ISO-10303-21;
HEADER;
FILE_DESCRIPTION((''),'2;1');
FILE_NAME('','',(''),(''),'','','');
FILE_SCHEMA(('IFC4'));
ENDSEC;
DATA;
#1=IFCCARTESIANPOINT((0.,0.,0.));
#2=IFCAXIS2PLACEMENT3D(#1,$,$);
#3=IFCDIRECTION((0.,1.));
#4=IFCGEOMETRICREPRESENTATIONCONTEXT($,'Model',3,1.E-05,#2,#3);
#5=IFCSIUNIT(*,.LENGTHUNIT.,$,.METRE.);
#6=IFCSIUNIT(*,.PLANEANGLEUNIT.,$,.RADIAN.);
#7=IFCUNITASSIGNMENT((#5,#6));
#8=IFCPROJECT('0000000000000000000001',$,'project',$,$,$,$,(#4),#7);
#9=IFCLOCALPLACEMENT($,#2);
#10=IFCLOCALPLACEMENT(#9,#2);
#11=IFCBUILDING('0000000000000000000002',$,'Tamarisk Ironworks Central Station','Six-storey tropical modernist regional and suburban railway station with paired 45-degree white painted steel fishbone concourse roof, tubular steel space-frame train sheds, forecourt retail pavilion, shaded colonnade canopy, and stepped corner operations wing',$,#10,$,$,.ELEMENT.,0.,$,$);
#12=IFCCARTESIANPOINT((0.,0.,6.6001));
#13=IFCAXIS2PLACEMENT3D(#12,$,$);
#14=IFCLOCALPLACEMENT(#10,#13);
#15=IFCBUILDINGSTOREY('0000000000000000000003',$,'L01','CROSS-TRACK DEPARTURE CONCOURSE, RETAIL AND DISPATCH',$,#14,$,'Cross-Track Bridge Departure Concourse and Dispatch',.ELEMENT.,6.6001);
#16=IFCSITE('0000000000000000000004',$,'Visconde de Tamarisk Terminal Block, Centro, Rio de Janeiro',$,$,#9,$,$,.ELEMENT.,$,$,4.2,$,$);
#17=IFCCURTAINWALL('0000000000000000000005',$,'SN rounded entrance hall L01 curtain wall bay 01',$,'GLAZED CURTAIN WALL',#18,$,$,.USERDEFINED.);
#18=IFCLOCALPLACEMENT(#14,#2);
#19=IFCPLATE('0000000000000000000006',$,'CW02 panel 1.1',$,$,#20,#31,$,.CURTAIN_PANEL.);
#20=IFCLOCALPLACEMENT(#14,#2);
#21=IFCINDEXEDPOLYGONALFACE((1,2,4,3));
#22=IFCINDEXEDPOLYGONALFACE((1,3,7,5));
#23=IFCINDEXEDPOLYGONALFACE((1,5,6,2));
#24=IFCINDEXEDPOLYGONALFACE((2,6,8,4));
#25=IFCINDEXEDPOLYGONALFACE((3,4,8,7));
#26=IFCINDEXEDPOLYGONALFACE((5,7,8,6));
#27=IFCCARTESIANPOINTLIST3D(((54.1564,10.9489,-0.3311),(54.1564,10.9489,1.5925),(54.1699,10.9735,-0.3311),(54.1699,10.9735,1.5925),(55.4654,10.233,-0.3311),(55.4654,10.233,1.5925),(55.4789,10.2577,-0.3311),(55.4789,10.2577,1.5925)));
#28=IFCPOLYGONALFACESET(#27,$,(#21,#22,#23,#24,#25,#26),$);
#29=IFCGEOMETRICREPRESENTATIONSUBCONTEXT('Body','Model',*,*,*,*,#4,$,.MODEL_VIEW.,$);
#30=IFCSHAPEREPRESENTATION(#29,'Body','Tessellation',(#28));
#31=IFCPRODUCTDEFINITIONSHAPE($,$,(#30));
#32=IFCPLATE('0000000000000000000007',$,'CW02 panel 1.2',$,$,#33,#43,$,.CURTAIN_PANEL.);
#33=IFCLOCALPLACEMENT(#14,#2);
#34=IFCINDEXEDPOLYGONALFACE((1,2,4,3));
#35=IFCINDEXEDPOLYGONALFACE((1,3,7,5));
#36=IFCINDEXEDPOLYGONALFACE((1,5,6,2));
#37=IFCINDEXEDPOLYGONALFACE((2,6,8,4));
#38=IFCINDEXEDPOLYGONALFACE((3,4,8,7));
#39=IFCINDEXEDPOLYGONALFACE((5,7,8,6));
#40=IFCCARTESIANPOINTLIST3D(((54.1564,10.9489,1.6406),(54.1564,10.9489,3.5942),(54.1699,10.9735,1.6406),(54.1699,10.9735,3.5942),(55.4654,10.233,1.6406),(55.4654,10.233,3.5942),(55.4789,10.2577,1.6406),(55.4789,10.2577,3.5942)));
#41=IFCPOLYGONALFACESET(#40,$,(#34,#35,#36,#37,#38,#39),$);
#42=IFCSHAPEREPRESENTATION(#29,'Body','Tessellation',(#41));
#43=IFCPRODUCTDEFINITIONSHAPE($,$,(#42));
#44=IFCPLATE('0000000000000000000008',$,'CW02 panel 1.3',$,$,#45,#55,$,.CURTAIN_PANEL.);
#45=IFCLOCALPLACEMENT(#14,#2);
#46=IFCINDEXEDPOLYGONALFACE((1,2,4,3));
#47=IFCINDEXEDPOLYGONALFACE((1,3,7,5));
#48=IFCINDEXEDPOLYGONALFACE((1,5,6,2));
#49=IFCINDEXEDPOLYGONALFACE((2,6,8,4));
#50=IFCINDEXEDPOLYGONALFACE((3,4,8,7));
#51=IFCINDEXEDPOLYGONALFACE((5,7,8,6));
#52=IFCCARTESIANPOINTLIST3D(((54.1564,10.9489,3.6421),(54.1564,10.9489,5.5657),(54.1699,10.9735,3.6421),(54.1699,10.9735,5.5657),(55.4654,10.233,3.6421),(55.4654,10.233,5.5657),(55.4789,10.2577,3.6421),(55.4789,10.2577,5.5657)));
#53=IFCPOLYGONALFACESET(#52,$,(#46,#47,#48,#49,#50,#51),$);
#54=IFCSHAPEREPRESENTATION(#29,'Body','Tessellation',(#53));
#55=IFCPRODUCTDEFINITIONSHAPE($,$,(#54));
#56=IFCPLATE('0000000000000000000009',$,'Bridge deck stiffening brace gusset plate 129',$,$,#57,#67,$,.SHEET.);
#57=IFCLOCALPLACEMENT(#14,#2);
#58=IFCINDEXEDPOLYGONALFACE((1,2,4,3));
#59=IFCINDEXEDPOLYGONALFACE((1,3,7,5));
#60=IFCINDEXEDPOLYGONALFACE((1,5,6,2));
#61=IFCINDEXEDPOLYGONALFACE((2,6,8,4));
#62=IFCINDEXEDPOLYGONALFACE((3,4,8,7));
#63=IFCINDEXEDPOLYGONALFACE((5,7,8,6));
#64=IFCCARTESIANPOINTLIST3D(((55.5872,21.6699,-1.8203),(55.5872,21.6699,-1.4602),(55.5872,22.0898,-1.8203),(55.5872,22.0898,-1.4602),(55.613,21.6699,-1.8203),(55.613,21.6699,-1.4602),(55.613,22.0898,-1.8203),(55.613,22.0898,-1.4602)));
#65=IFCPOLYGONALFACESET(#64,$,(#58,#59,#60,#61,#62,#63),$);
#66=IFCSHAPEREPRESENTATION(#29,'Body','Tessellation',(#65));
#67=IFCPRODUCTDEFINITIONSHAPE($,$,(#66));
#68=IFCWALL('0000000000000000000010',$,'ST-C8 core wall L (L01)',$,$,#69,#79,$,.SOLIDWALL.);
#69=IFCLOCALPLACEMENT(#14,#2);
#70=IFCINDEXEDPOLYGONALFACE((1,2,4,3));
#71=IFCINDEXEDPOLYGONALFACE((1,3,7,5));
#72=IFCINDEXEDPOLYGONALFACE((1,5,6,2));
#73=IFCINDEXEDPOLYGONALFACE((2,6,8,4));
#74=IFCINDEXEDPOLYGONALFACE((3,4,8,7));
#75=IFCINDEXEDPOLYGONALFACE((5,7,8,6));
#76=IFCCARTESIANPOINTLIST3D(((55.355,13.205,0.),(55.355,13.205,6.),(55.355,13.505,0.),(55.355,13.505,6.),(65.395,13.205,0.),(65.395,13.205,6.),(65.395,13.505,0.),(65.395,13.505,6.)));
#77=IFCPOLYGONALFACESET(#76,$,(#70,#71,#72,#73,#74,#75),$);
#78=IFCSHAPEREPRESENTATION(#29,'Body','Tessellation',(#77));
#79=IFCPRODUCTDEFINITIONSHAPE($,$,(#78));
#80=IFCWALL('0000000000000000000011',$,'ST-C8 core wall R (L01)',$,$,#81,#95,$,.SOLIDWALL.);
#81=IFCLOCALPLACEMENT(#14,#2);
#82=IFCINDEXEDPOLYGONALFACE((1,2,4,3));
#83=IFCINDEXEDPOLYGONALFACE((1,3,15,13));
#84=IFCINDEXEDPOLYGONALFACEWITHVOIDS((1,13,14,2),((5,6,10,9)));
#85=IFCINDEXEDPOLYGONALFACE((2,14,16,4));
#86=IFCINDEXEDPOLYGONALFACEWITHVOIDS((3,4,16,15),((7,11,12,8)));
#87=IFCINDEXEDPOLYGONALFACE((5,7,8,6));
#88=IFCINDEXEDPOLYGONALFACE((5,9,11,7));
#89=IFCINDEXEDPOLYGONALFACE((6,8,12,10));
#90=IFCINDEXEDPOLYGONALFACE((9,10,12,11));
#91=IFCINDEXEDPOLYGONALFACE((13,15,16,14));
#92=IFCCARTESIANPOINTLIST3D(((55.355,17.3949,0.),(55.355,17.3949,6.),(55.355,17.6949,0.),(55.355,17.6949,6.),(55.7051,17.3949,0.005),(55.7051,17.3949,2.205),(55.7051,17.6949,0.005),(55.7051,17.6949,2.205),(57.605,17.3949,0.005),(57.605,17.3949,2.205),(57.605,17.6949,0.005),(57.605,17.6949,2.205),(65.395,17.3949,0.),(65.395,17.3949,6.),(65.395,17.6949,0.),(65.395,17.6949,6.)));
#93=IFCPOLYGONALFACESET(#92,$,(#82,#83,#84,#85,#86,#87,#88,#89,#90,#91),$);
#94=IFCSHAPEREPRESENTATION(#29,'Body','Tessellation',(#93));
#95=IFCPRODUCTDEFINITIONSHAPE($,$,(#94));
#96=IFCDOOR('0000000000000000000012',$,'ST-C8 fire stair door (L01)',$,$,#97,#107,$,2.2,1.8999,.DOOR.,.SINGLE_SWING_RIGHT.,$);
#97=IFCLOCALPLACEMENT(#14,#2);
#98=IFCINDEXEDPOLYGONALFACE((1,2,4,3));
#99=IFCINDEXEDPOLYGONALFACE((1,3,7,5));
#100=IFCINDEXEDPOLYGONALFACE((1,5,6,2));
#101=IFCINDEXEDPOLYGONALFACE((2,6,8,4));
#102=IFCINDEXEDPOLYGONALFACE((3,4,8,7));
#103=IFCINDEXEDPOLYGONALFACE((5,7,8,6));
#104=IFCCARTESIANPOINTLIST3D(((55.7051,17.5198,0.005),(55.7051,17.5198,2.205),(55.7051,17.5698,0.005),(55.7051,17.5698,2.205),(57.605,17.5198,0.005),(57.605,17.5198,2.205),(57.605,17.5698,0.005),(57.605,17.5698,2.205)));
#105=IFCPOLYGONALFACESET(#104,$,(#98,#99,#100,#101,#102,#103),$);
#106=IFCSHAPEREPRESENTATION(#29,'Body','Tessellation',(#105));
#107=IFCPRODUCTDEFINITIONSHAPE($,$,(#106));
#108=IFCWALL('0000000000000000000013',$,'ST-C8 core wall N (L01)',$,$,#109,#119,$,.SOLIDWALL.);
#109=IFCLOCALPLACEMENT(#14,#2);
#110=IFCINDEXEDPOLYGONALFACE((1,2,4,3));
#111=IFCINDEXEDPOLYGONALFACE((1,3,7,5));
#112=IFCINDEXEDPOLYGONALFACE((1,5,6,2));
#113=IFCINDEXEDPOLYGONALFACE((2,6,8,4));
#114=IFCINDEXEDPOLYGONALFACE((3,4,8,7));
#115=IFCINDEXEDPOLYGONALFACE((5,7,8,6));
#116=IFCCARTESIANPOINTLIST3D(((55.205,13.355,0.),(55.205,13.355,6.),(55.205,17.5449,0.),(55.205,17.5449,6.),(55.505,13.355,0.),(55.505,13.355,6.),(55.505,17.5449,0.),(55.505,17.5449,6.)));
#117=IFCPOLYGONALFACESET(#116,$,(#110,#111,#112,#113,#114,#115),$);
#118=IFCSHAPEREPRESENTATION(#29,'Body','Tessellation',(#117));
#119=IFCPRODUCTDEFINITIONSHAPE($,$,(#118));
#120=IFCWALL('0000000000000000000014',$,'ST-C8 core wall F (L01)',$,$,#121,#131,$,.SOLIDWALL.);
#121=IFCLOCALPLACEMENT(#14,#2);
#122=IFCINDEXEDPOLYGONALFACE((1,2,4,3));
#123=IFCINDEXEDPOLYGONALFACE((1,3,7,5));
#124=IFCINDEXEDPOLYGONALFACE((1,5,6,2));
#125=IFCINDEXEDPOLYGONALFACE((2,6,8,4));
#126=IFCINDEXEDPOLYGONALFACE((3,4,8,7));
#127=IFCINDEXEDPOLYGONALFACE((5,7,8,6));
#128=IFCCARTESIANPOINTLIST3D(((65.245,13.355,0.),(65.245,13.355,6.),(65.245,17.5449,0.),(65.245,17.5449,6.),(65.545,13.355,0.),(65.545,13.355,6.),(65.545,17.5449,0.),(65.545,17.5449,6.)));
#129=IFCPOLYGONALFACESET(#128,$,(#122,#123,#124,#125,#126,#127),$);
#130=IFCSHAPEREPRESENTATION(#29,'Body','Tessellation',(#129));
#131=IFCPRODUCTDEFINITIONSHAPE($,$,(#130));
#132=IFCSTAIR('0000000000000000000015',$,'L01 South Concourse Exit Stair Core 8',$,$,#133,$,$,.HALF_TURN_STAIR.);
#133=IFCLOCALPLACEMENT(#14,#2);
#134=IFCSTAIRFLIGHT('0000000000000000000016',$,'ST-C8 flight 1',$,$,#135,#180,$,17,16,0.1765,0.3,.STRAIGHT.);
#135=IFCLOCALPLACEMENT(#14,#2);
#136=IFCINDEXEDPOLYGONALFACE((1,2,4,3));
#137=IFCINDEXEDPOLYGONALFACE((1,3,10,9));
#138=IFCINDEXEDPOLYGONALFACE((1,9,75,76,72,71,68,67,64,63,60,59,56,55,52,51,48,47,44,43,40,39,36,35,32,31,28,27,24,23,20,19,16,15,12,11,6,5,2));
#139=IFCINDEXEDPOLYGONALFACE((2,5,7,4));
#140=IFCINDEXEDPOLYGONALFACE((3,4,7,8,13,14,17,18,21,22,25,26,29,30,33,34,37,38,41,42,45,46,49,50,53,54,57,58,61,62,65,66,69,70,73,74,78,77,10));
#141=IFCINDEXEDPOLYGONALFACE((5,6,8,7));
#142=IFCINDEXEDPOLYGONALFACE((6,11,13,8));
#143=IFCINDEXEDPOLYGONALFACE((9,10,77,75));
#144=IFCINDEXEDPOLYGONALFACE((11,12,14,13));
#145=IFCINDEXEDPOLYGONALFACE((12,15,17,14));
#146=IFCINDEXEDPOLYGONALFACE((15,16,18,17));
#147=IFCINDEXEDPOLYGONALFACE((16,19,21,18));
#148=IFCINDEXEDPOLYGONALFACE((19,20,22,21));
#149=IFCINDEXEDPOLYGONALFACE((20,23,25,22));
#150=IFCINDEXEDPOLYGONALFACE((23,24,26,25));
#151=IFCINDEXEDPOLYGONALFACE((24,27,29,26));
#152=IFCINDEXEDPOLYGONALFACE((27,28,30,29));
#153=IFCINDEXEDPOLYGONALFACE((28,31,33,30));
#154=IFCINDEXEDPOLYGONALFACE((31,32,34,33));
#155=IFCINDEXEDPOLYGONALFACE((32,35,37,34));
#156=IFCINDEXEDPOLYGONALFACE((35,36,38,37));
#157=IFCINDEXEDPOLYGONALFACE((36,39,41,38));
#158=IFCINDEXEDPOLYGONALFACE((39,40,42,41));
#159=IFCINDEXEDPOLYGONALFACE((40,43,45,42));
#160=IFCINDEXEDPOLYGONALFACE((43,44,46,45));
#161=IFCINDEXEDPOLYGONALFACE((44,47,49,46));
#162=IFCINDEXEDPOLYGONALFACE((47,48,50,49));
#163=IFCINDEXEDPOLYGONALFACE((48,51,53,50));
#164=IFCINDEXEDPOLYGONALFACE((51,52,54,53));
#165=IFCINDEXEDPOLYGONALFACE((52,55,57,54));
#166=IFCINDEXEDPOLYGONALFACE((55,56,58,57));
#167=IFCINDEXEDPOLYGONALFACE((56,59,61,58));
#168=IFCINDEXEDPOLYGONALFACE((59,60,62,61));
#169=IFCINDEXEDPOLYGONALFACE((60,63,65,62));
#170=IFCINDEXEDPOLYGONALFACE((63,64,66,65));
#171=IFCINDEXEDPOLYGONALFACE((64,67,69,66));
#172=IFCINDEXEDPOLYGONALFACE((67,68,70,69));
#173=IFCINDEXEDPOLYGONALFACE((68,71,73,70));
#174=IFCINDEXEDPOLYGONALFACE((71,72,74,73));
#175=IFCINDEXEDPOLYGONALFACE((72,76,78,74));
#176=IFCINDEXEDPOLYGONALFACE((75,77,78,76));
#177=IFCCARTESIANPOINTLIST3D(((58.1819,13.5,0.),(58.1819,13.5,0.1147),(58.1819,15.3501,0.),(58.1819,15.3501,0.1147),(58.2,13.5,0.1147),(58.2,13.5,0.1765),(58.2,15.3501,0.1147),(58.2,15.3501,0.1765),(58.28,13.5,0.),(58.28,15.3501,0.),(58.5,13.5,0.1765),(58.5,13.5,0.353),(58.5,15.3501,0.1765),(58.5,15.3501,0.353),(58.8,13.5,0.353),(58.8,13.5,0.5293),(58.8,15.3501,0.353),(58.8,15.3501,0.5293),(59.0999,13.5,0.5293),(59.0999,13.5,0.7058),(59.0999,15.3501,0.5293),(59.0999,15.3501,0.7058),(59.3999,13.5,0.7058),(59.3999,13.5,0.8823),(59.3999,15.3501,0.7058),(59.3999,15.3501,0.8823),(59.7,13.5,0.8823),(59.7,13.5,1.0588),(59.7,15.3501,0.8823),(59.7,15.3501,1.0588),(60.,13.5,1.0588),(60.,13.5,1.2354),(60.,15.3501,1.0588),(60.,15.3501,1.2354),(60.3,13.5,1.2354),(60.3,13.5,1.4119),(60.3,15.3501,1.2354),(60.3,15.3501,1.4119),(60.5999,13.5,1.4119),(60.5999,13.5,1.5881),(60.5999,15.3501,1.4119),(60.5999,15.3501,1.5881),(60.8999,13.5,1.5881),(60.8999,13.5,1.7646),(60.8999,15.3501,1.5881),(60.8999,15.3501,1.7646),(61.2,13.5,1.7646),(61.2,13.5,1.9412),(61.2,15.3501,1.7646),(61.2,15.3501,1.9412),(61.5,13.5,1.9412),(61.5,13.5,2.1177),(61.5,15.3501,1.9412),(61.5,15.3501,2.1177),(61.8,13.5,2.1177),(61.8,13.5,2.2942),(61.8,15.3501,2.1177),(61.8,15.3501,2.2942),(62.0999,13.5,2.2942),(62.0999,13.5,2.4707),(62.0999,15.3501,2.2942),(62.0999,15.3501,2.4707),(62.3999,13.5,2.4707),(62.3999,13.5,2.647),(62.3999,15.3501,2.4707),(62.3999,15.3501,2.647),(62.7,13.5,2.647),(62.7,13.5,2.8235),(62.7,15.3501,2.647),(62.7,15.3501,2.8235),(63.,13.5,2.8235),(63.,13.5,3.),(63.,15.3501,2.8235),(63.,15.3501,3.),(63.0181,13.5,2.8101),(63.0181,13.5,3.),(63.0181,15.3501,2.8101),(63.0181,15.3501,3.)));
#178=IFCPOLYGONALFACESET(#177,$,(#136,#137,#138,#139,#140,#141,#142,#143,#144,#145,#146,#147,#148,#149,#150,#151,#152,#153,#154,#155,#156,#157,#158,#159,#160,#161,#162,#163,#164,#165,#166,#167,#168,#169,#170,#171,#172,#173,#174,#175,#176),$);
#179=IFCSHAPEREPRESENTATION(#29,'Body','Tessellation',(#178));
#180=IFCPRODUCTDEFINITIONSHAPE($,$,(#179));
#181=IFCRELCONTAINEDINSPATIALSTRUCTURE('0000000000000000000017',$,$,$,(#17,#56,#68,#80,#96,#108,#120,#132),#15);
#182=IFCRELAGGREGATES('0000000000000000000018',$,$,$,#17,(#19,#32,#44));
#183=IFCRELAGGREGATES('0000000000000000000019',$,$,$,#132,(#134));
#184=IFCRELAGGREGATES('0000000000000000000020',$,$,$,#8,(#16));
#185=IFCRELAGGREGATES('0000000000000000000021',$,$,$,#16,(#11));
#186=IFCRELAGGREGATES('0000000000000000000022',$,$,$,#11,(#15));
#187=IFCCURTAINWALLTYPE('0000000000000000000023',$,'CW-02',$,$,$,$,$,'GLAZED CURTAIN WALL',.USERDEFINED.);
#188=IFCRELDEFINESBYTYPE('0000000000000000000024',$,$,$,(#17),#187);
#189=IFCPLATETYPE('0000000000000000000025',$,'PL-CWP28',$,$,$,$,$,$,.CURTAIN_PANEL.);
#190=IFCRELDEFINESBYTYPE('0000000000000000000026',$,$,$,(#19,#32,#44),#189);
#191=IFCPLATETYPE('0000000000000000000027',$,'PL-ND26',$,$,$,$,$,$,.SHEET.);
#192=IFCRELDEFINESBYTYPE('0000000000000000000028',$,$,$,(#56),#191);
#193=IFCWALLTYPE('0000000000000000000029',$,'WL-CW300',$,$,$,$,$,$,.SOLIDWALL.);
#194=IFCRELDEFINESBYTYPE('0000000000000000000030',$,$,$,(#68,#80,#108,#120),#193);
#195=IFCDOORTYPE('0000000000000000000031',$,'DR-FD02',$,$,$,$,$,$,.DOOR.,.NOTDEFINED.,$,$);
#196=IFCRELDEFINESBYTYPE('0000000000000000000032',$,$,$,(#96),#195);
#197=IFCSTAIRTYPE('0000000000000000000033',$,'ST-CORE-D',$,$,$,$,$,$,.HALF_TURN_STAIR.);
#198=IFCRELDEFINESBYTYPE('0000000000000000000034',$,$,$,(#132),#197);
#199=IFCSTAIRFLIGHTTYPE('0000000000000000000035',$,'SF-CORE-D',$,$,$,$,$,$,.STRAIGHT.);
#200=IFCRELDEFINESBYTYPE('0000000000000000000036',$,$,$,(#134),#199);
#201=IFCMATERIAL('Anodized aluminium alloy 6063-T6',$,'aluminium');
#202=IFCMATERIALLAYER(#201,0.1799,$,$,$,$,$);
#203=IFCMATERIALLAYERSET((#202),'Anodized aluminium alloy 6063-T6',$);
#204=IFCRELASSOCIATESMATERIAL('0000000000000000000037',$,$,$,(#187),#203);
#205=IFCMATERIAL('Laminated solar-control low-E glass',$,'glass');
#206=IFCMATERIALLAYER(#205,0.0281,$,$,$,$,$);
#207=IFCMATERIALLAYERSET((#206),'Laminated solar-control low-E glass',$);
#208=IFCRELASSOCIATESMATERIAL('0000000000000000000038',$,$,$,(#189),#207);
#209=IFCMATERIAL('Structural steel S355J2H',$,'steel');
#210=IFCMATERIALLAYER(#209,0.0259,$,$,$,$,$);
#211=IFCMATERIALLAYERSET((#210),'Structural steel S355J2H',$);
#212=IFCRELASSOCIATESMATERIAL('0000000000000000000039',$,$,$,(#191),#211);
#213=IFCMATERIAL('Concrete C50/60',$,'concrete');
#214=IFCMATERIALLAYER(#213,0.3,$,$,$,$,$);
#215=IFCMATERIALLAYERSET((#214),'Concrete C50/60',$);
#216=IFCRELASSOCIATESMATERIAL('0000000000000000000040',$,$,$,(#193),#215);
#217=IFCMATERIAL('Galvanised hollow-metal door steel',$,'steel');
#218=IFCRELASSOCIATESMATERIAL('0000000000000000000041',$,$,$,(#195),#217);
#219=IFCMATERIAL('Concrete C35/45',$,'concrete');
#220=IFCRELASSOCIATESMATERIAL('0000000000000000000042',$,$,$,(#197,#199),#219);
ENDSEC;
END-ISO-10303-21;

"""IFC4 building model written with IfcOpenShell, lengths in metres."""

from ifc_helpers import new_model, si_unit, direction, frame, frame_2d, origin, origin_2d, place, context, subcontext, project, spatial, polyline, rectangle, outline, extrude, material, layer, layer_set, type_object, element, fill, aggregate, save


model = new_model("IFC4")

# Units and contexts
model_context = context("Model", 3, precision=1e-05, world=origin(), true_north=direction((0.0, 1.0)))
body_context = subcontext(model_context, "Body", "Model", "MODEL_VIEW")
ifc_project = project(units=[si_unit("LENGTHUNIT", "METRE"), si_unit("PLANEANGLEUNIT", "RADIAN")], contexts=[model_context])

# Site, building, storey
site_placement = place(None, origin())
site = spatial("IfcSite", under=ifc_project, at=site_placement, Name="Visconde de Tamarisk Terminal Block, Centro, Rio de Janeiro", CompositionType="ELEMENT", RefElevation=4.2)
building_placement = place(site_placement, origin())
building = spatial("IfcBuilding", under=site, at=building_placement, Name="Tamarisk Ironworks Central Station", Description="Six-storey tropical modernist regional and suburban railway station with paired 45-degree white painted steel fishbone concourse roof, tubular steel space-frame train sheds, forecourt retail pavilion, shaded colonnade canopy, and stepped corner operations wing", CompositionType="ELEMENT", ElevationOfRefHeight=0.0)
storey_placement = place(building_placement, frame((0.0, 0.0, 6.6001)))
storey = spatial("IfcBuildingStorey", under=building, at=storey_placement, Name="L01", Description="CROSS-TRACK DEPARTURE CONCOURSE, RETAIL AND DISPATCH", LongName="Cross-Track Bridge Departure Concourse and Dispatch", CompositionType="ELEMENT", Elevation=6.6001)

# Curtain wall
ifc_material_1 = material(Name="Anodized aluminium alloy 6063-T6", Category="aluminium")
ifc_layer_1 = layer(ifc_material_1, 0.1799)
ifc_layer_set_1 = layer_set([ifc_layer_1], Name="Anodized aluminium alloy 6063-T6")
curtain_wall_type = type_object("IfcCurtainWallType", Name="CW-02", ElementType="GLAZED CURTAIN WALL", PredefinedType="USERDEFINED", material=ifc_layer_set_1)
curtain_wall_placement = place(storey_placement, origin())
curtain_wall = element("IfcCurtainWall", 1, at=curtain_wall_placement, inside=storey, type_object=curtain_wall_type, Name="SN rounded entrance hall L01 curtain wall bay 01", ObjectType="GLAZED CURTAIN WALL", PredefinedType="USERDEFINED")

# Shared definitions
ifc_material_2 = material(Name="Structural steel S355J2H", Category="steel")

# Plates
ifc_material_3 = material(Name="Laminated solar-control low-E glass", Category="glass")
ifc_layer_2 = layer(ifc_material_3, 0.0281)
ifc_layer_set_2 = layer_set([ifc_layer_2], Name="Laminated solar-control low-E glass")
plate_type_1 = type_object("IfcPlateType", Name="PL-CWP28", PredefinedType="CURTAIN_PANEL", material=ifc_layer_set_2)
plate_1_placement = place(storey_placement, frame((54.8176, 10.6033, -0.3311), z_axis=(0.0, 0.0, 1.0), x_axis=(0.877375, -0.479805, 0.0)))
plate_1 = element("IfcPlate", 2, at=plate_1_placement, type_object=plate_type_1, Name="CW02 panel 1.1", PredefinedType="CURTAIN_PANEL", context=body_context, shape_type="SweptSolid", body=[
    extrude(rectangle(XDim=1.4919, YDim=0.0281, at=origin_2d()), origin(), (0.0, 0.0, 1.0), 1.9236),
])
plate_2_placement = place(storey_placement, frame((54.8176, 10.6033, 1.6406), z_axis=(0.0, 0.0, 1.0), x_axis=(0.877375, -0.479805, 0.0)))
plate_2 = element("IfcPlate", 3, at=plate_2_placement, type_object=plate_type_1, Name="CW02 panel 1.2", PredefinedType="CURTAIN_PANEL", context=body_context, shape_type="SweptSolid", body=[
    extrude(rectangle(XDim=1.4919, YDim=0.0281, at=origin_2d()), origin(), (0.0, 0.0, 1.0), 1.9536),
])
plate_3_placement = place(storey_placement, frame((54.8176, 10.6033, 3.6421), z_axis=(0.0, 0.0, 1.0), x_axis=(0.877375, -0.479805, 0.0)))
plate_3 = element("IfcPlate", 4, at=plate_3_placement, type_object=plate_type_1, Name="CW02 panel 1.3", PredefinedType="CURTAIN_PANEL", context=body_context, shape_type="SweptSolid", body=[
    extrude(rectangle(XDim=1.4919, YDim=0.0281, at=origin_2d()), origin(), (0.0, 0.0, 1.0), 1.9236),
])
aggregate(curtain_wall, [plate_1, plate_2, plate_3])
ifc_layer_3 = layer(ifc_material_2, 0.0259)
ifc_layer_set_3 = layer_set([ifc_layer_3], Name="Structural steel S355J2H")
plate_type_2 = type_object("IfcPlateType", Name="PL-ND26", PredefinedType="SHEET", material=ifc_layer_set_3)
plate_4_placement = place(storey_placement, frame((55.6001, 21.8799, -1.8203), z_axis=(0.0, 0.0, 1.0), x_axis=(1.0, 0.0, 0.0)))
element("IfcPlate", 5, at=plate_4_placement, inside=storey, type_object=plate_type_2, Name="Bridge deck stiffening brace gusset plate 129", PredefinedType="SHEET", context=body_context, shape_type="SweptSolid", body=[
    extrude(rectangle(XDim=0.0259, YDim=0.4199, at=origin_2d()), origin(), (0.0, 0.0, 1.0), 0.3601),
])

# Wall
ifc_material_4 = material(Name="Concrete C50/60", Category="concrete")
ifc_layer_4 = layer(ifc_material_4, 0.3)
ifc_layer_set_4 = layer_set([ifc_layer_4], Name="Concrete C50/60")
wall_type = type_object("IfcWallType", Name="WL-CW300", PredefinedType="SOLIDWALL", material=ifc_layer_set_4)
wall_1_placement = place(storey_placement, frame((55.355, 13.355, 0.0), z_axis=(0.0, 0.0, 1.0), x_axis=(1.0, 0.0, 0.0)))
element("IfcWall", 6, at=wall_1_placement, inside=storey, type_object=wall_type, Name="ST-C8 core wall L (L01)", PredefinedType="SOLIDWALL", context=body_context, shape_type="SweptSolid", body=[
    extrude(rectangle(XDim=10.04, YDim=0.3, at=frame_2d((5.02, 0.0))), origin(), (0.0, 0.0, 1.0), 6.0),
])

# Wall, opening, door
wall_2_placement = place(storey_placement, frame((55.355, 17.5449, 0.0), z_axis=(0.0, 0.0, 1.0), x_axis=(1.0, 0.0, 0.0)))
wall_2 = element("IfcWall", 7, at=wall_2_placement, inside=storey, type_object=wall_type, Name="ST-C8 core wall R (L01)", PredefinedType="SOLIDWALL", context=body_context, shape_type="SweptSolid", body=[
    extrude(rectangle(XDim=10.04, YDim=0.3, at=frame_2d((5.02, 0.0))), origin(), (0.0, 0.0, 1.0), 6.0),
])
opening_placement = place(wall_2_placement, frame((0.3501, 0.0, 0.0049)))
opening = element("IfcOpeningElement", 8, at=opening_placement, cuts=wall_2, PredefinedType="OPENING", context=body_context, shape_type="SweptSolid", body=[
    extrude(rectangle(XDim=1.8999, YDim=2.2, at=frame_2d((0.95, 1.1001))), frame((0.0, 0.1621, 0.0), z_axis=(0.0, -1.0, 0.0), x_axis=(1.0, 0.0, 0.0)), (0.0, 0.0, 1.0), 0.324),
])
ifc_material_5 = material(Name="Galvanised hollow-metal door steel", Category="steel")
door_type = type_object("IfcDoorType", Name="DR-FD02", OperationType="NOTDEFINED", PredefinedType="DOOR", material=ifc_material_5)
door_placement = place(opening_placement, origin())
door = element("IfcDoor", 9, at=door_placement, inside=storey, type_object=door_type, Name="ST-C8 fire stair door (L01)", OperationType="SINGLE_SWING_RIGHT", OverallHeight=2.2, OverallWidth=1.8999, PredefinedType="DOOR", context=body_context, shape_type="SweptSolid", body=[
    extrude(rectangle(XDim=1.8999, YDim=2.2, at=frame_2d((0.95, 1.1001))), frame((0.0, 0.0249, 0.0), z_axis=(0.0, -1.0, 0.0), x_axis=(1.0, 0.0, 0.0)), (0.0, 0.0, 1.0), 0.05),
])
fill(opening, door)

# Walls
for number, where, z_axis, x_axis, name in (
    (10, (55.355, 13.355, 0.0), (0.0, 0.0, 1.0), (0.0, 1.0, 0.0), "ST-C8 core wall N (L01)"),
    (11, (65.395, 13.355, 0.0), (0.0, 0.0, 1.0), (0.0, 1.0, 0.0), "ST-C8 core wall F (L01)"),
):
    element("IfcWall", number, at=place(storey_placement, frame(where, z_axis=z_axis, x_axis=x_axis)), inside=storey, type_object=wall_type, Name=name, PredefinedType="SOLIDWALL", context=body_context, shape_type="SweptSolid", body=[
        extrude(rectangle(XDim=4.1899, YDim=0.3, at=frame_2d((2.095, 0.0))), origin(), (0.0, 0.0, 1.0), 6.0),
    ])

# Stair, stair flight
ifc_material_6 = material(Name="Concrete C35/45", Category="concrete")
stair_type = type_object("IfcStairType", Name="ST-CORE-D", PredefinedType="HALF_TURN_STAIR", material=ifc_material_6)
stair_placement = place(storey_placement, origin())
stair = element("IfcStair", 12, at=stair_placement, inside=storey, type_object=stair_type, Name="L01 South Concourse Exit Stair Core 8", PredefinedType="HALF_TURN_STAIR")
stair_flight_type = type_object("IfcStairFlightType", Name="SF-CORE-D", PredefinedType="STRAIGHT", material=ifc_material_6)
stair_flight_1_placement = place(storey_placement, frame((58.2, 14.425, 0.0), z_axis=(0.0, 0.0, 1.0), x_axis=(1.0, 0.0, 0.0)))
stair_flight_1 = element("IfcStairFlight", 13, at=stair_flight_1_placement, type_object=stair_flight_type, Name="ST-C8 flight 1", NumberOfRisers=17, NumberOfTreads=16, PredefinedType="STRAIGHT", RiserHeight=0.1765, TreadLength=0.3, context=body_context, shape_type="SweptSolid", body=[
    extrude(outline(polyline([(-0.0181, 0.0), (-0.0181, 0.1147), (0.0, 0.1147), (0.0, 0.1765), (0.3, 0.1765), (0.3, 0.353), (0.6001, 0.353), (0.6001, 0.5293), (0.8999, 0.5293), (0.8999, 0.7058), (1.2, 0.7058), (1.2, 0.8823), (1.5, 0.8823), (1.5, 1.0588), (1.8, 1.0588), (1.8, 1.2354), (2.1001, 1.2354), (2.1001, 1.4119), (2.3999, 1.4119), (2.3999, 1.5881), (2.7, 1.5881), (2.7, 1.7646), (3.0, 1.7646), (3.0, 1.9412), (3.3, 1.9412), (3.3, 2.1177), (3.6001, 2.1177), (3.6001, 2.2942), (3.8999, 2.2942), (3.8999, 2.4707), (4.2, 2.4707), (4.2, 2.647), (4.5, 2.647), (4.5, 2.8235), (4.8, 2.8235), (4.8, 3.0), (4.8181, 3.0), (4.8181, 2.8101), (0.0801, 0.0), (-0.0181, 0.0)])), frame((0.0, 0.925, 0.0), z_axis=(0.0, -1.0, 0.0), x_axis=(1.0, 0.0, 0.0)), (0.0, 0.0, 1.0), 1.8501),
])
aggregate(stair, [stair_flight_1])

save(model, "model.ifc")
